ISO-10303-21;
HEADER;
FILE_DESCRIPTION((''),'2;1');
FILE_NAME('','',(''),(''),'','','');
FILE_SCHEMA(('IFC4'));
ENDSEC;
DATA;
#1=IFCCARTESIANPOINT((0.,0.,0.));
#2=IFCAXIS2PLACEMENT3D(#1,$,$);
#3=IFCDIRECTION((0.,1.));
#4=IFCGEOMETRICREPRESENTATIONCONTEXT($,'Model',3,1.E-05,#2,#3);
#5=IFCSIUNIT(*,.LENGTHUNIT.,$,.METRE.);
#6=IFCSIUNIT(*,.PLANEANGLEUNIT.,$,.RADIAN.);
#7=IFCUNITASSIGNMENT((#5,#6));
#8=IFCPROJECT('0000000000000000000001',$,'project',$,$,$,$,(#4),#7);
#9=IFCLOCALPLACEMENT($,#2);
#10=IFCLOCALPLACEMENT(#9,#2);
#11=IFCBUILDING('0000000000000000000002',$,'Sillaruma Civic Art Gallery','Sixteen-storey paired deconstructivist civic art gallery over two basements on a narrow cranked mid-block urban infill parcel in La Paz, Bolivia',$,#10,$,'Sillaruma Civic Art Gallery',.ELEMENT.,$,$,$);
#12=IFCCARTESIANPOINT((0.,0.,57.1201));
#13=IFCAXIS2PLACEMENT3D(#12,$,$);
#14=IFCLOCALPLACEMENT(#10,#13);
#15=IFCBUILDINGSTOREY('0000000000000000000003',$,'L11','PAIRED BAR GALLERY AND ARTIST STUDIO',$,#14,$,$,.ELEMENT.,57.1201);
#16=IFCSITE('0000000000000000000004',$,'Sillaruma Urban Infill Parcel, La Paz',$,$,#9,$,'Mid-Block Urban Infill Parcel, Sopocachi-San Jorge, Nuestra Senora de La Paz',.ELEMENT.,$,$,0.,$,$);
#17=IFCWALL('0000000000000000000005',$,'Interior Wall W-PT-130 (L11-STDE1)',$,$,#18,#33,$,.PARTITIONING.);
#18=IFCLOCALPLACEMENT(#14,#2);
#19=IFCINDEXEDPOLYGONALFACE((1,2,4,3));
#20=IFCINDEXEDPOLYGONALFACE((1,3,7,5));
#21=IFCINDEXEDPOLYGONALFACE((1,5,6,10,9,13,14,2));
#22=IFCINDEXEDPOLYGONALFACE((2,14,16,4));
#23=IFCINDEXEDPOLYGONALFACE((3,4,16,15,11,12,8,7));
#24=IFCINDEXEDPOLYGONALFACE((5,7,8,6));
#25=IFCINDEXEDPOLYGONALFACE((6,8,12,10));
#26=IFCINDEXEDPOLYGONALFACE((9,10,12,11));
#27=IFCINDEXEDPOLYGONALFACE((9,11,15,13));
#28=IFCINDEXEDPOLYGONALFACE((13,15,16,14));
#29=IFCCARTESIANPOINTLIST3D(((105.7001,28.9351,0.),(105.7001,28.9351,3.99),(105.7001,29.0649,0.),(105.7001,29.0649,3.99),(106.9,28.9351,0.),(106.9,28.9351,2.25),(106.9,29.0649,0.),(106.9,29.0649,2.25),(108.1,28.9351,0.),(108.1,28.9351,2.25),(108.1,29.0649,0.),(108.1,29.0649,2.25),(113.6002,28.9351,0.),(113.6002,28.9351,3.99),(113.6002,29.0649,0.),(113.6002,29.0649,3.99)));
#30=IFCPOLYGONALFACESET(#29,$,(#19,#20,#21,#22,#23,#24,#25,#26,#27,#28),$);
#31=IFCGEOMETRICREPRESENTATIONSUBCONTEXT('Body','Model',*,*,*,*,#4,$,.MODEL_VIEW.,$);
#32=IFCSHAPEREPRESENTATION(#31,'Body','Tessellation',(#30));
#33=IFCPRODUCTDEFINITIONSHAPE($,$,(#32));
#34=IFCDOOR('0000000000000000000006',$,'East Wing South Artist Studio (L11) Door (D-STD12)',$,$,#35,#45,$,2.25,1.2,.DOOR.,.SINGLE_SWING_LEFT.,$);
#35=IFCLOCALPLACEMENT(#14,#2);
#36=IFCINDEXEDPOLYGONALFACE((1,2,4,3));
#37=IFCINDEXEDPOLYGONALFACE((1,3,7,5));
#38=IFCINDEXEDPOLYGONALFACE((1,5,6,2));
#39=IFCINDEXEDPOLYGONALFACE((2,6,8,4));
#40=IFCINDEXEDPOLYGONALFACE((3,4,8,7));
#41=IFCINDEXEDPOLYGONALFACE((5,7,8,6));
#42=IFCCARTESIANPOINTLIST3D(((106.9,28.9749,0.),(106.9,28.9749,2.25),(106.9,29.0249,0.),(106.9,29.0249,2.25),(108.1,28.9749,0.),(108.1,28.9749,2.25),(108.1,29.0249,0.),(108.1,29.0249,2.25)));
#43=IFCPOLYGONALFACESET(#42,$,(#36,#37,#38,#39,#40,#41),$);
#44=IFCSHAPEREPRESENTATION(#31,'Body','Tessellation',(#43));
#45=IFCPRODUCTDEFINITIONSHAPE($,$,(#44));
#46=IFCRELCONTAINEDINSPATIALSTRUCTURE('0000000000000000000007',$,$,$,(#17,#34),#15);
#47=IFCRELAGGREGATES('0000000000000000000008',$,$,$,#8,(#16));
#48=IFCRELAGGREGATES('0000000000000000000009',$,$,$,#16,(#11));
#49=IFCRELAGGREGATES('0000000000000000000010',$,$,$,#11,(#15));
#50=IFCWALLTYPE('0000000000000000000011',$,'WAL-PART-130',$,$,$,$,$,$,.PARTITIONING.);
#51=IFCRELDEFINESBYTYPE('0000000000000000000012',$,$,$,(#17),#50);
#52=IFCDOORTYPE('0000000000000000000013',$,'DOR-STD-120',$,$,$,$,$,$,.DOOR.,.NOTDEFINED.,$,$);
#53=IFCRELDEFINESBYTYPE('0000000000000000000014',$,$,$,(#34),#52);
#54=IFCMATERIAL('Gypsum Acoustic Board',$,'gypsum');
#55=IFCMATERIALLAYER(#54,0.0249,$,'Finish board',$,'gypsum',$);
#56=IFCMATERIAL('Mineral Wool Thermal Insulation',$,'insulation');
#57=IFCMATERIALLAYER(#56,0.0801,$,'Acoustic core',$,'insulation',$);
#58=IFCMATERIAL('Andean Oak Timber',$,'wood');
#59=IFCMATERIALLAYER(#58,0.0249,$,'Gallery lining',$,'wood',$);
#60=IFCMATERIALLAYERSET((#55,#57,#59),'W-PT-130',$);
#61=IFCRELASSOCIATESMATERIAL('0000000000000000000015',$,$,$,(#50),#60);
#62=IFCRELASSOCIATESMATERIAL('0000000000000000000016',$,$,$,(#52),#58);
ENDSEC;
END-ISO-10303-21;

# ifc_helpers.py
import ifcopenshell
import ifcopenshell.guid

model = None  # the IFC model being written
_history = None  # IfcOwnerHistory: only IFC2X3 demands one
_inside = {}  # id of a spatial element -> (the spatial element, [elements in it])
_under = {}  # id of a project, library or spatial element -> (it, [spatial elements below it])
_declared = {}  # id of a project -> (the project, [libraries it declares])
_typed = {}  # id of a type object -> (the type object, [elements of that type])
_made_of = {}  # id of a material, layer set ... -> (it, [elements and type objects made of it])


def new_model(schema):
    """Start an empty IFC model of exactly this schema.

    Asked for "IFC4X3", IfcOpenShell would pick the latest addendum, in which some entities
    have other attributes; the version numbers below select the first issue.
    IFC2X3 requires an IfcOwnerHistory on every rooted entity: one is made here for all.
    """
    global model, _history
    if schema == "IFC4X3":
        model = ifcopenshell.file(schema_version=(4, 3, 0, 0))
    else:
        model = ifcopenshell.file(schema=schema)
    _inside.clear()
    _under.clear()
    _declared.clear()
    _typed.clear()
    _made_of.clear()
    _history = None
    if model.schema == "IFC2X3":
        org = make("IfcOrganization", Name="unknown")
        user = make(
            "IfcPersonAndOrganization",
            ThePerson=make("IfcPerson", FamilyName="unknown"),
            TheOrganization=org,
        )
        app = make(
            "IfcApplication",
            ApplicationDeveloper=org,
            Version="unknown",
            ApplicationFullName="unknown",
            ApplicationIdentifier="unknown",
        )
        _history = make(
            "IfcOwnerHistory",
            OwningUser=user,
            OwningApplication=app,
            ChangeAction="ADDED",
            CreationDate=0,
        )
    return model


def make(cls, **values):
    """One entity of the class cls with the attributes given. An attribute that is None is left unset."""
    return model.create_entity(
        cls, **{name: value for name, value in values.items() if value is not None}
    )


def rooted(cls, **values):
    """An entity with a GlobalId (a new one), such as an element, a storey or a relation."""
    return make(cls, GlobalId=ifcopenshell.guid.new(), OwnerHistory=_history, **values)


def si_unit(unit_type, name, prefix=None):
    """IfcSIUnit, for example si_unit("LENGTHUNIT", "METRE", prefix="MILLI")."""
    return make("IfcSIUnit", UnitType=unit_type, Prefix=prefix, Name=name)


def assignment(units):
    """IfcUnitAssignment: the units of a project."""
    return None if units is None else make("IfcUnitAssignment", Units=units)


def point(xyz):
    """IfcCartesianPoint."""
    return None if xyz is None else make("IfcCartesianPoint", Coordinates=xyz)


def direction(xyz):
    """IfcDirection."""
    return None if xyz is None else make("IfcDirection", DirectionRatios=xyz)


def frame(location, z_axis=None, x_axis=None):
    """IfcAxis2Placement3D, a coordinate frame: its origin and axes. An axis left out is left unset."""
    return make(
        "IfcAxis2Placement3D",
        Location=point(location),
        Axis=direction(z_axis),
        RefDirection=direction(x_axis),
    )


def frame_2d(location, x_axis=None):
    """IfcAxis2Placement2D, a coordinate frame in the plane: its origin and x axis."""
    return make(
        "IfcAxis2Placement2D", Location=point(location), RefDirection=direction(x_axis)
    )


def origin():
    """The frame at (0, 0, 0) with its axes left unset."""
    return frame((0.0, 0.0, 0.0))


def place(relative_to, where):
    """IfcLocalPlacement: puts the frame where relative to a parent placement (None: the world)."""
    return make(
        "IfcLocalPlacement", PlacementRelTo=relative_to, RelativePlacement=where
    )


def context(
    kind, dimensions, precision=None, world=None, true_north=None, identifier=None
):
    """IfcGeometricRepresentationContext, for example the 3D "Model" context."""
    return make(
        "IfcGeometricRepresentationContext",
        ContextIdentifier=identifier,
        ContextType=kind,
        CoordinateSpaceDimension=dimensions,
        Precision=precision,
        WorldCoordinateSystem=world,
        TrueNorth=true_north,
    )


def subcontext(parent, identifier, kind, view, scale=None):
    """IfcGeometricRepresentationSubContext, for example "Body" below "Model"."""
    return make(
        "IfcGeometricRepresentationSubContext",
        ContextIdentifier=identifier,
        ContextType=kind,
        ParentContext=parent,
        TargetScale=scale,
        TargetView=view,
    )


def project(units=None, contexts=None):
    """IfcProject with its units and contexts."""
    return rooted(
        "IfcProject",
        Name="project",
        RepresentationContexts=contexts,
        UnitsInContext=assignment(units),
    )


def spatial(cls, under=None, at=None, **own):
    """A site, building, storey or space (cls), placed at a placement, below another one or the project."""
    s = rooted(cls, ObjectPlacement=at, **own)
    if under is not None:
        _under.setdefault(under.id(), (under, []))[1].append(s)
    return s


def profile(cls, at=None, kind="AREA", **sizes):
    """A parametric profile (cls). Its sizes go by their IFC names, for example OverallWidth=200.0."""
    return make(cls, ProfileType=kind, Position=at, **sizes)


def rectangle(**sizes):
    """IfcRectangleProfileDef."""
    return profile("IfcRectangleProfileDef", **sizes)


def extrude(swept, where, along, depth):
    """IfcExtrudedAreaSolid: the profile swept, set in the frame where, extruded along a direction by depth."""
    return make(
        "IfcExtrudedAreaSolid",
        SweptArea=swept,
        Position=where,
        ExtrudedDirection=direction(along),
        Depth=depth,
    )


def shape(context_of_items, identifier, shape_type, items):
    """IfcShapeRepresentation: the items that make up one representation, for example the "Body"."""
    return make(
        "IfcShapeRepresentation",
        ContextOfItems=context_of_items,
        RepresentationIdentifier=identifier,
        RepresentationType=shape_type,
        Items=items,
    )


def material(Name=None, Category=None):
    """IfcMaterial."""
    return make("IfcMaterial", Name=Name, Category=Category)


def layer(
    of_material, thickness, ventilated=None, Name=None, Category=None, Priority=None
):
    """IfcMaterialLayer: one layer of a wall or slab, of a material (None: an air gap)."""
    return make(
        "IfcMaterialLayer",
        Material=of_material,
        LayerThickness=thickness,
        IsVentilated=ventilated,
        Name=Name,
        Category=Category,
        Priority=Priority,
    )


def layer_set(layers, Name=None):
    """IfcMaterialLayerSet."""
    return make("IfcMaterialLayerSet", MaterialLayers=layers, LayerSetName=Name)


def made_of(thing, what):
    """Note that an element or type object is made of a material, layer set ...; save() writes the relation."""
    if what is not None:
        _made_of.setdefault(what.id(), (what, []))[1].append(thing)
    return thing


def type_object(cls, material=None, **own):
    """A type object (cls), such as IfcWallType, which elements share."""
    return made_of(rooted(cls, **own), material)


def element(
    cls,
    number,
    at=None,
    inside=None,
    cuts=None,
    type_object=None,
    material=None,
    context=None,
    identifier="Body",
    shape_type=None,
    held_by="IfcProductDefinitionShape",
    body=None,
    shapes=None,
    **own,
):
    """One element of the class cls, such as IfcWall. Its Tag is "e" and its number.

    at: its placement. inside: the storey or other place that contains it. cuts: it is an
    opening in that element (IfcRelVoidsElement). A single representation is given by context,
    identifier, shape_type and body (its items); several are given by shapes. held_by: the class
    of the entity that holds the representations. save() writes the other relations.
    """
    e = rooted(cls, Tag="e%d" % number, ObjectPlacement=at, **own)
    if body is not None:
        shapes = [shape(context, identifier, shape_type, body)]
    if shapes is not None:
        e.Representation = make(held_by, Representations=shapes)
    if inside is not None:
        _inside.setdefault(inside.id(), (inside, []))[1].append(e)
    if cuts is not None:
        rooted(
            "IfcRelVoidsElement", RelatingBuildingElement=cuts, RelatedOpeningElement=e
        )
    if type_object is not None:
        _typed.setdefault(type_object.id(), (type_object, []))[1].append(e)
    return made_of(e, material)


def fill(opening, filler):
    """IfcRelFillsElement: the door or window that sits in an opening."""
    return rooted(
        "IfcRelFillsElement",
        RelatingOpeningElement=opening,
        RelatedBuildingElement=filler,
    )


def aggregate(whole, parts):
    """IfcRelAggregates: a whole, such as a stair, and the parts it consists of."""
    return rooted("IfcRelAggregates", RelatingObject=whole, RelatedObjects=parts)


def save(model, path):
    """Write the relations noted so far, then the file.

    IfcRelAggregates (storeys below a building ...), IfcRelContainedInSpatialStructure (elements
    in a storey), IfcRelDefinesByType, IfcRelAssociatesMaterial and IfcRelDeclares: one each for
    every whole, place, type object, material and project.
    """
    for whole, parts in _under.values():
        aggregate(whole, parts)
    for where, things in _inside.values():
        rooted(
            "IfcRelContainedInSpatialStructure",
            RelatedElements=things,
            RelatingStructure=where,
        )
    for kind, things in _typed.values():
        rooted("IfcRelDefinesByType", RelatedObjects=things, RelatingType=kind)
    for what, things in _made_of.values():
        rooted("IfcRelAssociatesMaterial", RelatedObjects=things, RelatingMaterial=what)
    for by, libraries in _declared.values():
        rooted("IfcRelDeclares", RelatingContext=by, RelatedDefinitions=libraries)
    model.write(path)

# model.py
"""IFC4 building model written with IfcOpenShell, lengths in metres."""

from ifc_helpers import new_model, si_unit, direction, frame, frame_2d, origin, place, context, subcontext, project, spatial, rectangle, extrude, material, layer, layer_set, type_object, element, fill, save


model = new_model("IFC4")

# Units and contexts
model_context = context("Model", 3, precision=1e-05, world=origin(), true_north=direction((0.0, 1.0)))
body_context = subcontext(model_context, "Body", "Model", "MODEL_VIEW")
ifc_project = project(units=[si_unit("LENGTHUNIT", "METRE"), si_unit("PLANEANGLEUNIT", "RADIAN")], contexts=[model_context])

# Site, building, storey
site_placement = place(None, origin())
site = spatial("IfcSite", under=ifc_project, at=site_placement, Name="Sillaruma Urban Infill Parcel, La Paz", LongName="Mid-Block Urban Infill Parcel, Sopocachi-San Jorge, Nuestra Senora de La Paz", CompositionType="ELEMENT", RefElevation=0.0)
building_placement = place(site_placement, origin())
building = spatial("IfcBuilding", under=site, at=building_placement, Name="Sillaruma Civic Art Gallery", Description="Sixteen-storey paired deconstructivist civic art gallery over two basements on a narrow cranked mid-block urban infill parcel in La Paz, Bolivia", LongName="Sillaruma Civic Art Gallery", CompositionType="ELEMENT")
storey_placement = place(building_placement, frame((0.0, 0.0, 57.1201)))
storey = spatial("IfcBuildingStorey", under=building, at=storey_placement, Name="L11", Description="PAIRED BAR GALLERY AND ARTIST STUDIO", CompositionType="ELEMENT", Elevation=57.1201)

# Shared definitions
ifc_material_1 = material(Name="Mineral Wool Thermal Insulation", Category="insulation")

# Wall, opening, door
ifc_material_2 = material(Name="Gypsum Acoustic Board", Category="gypsum")
ifc_layer_1 = layer(ifc_material_2, 0.0249, Name="Finish board", Category="gypsum")
ifc_layer_2 = layer(ifc_material_1, 0.0801, Name="Acoustic core", Category="insulation")
ifc_material_3 = material(Name="Andean Oak Timber", Category="wood")
ifc_layer_3 = layer(ifc_material_3, 0.0249, Name="Gallery lining", Category="wood")
ifc_layer_set_1 = layer_set([ifc_layer_1, ifc_layer_2, ifc_layer_3], Name="W-PT-130")
wall_type_1 = type_object("IfcWallType", Name="WAL-PART-130", PredefinedType="PARTITIONING", material=ifc_layer_set_1)
wall_1_placement = place(storey_placement, frame((105.7, 29.0, 0.0), z_axis=(0.0, 0.0, 1.0), x_axis=(1.0, 0.0, 0.0)))
wall_1 = element("IfcWall", 1, at=wall_1_placement, inside=storey, type_object=wall_type_1, Name="Interior Wall W-PT-130 (L11-STDE1)", PredefinedType="PARTITIONING", context=body_context, shape_type="SweptSolid", body=[
    extrude(rectangle(XDim=7.9001, YDim=0.1299, at=frame_2d((3.9502, 0.0))), origin(), (0.0, 0.0, 1.0), 3.99),
])
opening_1_placement = place(wall_1_placement, frame((1.2, 0.0, 0.0)))
opening_1 = element("IfcOpeningElement", 2, at=opening_1_placement, cuts=wall_1, PredefinedType="OPENING", context=body_context, shape_type="SweptSolid", body=[
    extrude(rectangle(XDim=1.2, YDim=2.25, at=frame_2d((0.6001, 1.125))), frame((0.0, 0.075, 0.0), z_axis=(0.0, -1.0, 0.0), x_axis=(1.0, 0.0, 0.0)), (0.0, 0.0, 1.0), 0.1499),
])
door_type = type_object("IfcDoorType", Name="DOR-STD-120", OperationType="NOTDEFINED", PredefinedType="DOOR", material=ifc_material_3)
door_placement = place(opening_1_placement, origin())
door = element("IfcDoor", 3, at=door_placement, inside=storey, type_object=door_type, Name="East Wing South Artist Studio (L11) Door (D-STD12)", OperationType="SINGLE_SWING_LEFT", OverallHeight=2.25, OverallWidth=1.2, PredefinedType="DOOR", context=body_context, shape_type="SweptSolid", body=[
    extrude(rectangle(XDim=1.2, YDim=2.25, at=frame_2d((0.6001, 1.125))), frame((0.0, 0.0249, 0.0), z_axis=(0.0, -1.0, 0.0), x_axis=(1.0, 0.0, 0.0)), (0.0, 0.0, 1.0), 0.05),
])
fill(opening_1, door)

save(model, "model.ifc")
